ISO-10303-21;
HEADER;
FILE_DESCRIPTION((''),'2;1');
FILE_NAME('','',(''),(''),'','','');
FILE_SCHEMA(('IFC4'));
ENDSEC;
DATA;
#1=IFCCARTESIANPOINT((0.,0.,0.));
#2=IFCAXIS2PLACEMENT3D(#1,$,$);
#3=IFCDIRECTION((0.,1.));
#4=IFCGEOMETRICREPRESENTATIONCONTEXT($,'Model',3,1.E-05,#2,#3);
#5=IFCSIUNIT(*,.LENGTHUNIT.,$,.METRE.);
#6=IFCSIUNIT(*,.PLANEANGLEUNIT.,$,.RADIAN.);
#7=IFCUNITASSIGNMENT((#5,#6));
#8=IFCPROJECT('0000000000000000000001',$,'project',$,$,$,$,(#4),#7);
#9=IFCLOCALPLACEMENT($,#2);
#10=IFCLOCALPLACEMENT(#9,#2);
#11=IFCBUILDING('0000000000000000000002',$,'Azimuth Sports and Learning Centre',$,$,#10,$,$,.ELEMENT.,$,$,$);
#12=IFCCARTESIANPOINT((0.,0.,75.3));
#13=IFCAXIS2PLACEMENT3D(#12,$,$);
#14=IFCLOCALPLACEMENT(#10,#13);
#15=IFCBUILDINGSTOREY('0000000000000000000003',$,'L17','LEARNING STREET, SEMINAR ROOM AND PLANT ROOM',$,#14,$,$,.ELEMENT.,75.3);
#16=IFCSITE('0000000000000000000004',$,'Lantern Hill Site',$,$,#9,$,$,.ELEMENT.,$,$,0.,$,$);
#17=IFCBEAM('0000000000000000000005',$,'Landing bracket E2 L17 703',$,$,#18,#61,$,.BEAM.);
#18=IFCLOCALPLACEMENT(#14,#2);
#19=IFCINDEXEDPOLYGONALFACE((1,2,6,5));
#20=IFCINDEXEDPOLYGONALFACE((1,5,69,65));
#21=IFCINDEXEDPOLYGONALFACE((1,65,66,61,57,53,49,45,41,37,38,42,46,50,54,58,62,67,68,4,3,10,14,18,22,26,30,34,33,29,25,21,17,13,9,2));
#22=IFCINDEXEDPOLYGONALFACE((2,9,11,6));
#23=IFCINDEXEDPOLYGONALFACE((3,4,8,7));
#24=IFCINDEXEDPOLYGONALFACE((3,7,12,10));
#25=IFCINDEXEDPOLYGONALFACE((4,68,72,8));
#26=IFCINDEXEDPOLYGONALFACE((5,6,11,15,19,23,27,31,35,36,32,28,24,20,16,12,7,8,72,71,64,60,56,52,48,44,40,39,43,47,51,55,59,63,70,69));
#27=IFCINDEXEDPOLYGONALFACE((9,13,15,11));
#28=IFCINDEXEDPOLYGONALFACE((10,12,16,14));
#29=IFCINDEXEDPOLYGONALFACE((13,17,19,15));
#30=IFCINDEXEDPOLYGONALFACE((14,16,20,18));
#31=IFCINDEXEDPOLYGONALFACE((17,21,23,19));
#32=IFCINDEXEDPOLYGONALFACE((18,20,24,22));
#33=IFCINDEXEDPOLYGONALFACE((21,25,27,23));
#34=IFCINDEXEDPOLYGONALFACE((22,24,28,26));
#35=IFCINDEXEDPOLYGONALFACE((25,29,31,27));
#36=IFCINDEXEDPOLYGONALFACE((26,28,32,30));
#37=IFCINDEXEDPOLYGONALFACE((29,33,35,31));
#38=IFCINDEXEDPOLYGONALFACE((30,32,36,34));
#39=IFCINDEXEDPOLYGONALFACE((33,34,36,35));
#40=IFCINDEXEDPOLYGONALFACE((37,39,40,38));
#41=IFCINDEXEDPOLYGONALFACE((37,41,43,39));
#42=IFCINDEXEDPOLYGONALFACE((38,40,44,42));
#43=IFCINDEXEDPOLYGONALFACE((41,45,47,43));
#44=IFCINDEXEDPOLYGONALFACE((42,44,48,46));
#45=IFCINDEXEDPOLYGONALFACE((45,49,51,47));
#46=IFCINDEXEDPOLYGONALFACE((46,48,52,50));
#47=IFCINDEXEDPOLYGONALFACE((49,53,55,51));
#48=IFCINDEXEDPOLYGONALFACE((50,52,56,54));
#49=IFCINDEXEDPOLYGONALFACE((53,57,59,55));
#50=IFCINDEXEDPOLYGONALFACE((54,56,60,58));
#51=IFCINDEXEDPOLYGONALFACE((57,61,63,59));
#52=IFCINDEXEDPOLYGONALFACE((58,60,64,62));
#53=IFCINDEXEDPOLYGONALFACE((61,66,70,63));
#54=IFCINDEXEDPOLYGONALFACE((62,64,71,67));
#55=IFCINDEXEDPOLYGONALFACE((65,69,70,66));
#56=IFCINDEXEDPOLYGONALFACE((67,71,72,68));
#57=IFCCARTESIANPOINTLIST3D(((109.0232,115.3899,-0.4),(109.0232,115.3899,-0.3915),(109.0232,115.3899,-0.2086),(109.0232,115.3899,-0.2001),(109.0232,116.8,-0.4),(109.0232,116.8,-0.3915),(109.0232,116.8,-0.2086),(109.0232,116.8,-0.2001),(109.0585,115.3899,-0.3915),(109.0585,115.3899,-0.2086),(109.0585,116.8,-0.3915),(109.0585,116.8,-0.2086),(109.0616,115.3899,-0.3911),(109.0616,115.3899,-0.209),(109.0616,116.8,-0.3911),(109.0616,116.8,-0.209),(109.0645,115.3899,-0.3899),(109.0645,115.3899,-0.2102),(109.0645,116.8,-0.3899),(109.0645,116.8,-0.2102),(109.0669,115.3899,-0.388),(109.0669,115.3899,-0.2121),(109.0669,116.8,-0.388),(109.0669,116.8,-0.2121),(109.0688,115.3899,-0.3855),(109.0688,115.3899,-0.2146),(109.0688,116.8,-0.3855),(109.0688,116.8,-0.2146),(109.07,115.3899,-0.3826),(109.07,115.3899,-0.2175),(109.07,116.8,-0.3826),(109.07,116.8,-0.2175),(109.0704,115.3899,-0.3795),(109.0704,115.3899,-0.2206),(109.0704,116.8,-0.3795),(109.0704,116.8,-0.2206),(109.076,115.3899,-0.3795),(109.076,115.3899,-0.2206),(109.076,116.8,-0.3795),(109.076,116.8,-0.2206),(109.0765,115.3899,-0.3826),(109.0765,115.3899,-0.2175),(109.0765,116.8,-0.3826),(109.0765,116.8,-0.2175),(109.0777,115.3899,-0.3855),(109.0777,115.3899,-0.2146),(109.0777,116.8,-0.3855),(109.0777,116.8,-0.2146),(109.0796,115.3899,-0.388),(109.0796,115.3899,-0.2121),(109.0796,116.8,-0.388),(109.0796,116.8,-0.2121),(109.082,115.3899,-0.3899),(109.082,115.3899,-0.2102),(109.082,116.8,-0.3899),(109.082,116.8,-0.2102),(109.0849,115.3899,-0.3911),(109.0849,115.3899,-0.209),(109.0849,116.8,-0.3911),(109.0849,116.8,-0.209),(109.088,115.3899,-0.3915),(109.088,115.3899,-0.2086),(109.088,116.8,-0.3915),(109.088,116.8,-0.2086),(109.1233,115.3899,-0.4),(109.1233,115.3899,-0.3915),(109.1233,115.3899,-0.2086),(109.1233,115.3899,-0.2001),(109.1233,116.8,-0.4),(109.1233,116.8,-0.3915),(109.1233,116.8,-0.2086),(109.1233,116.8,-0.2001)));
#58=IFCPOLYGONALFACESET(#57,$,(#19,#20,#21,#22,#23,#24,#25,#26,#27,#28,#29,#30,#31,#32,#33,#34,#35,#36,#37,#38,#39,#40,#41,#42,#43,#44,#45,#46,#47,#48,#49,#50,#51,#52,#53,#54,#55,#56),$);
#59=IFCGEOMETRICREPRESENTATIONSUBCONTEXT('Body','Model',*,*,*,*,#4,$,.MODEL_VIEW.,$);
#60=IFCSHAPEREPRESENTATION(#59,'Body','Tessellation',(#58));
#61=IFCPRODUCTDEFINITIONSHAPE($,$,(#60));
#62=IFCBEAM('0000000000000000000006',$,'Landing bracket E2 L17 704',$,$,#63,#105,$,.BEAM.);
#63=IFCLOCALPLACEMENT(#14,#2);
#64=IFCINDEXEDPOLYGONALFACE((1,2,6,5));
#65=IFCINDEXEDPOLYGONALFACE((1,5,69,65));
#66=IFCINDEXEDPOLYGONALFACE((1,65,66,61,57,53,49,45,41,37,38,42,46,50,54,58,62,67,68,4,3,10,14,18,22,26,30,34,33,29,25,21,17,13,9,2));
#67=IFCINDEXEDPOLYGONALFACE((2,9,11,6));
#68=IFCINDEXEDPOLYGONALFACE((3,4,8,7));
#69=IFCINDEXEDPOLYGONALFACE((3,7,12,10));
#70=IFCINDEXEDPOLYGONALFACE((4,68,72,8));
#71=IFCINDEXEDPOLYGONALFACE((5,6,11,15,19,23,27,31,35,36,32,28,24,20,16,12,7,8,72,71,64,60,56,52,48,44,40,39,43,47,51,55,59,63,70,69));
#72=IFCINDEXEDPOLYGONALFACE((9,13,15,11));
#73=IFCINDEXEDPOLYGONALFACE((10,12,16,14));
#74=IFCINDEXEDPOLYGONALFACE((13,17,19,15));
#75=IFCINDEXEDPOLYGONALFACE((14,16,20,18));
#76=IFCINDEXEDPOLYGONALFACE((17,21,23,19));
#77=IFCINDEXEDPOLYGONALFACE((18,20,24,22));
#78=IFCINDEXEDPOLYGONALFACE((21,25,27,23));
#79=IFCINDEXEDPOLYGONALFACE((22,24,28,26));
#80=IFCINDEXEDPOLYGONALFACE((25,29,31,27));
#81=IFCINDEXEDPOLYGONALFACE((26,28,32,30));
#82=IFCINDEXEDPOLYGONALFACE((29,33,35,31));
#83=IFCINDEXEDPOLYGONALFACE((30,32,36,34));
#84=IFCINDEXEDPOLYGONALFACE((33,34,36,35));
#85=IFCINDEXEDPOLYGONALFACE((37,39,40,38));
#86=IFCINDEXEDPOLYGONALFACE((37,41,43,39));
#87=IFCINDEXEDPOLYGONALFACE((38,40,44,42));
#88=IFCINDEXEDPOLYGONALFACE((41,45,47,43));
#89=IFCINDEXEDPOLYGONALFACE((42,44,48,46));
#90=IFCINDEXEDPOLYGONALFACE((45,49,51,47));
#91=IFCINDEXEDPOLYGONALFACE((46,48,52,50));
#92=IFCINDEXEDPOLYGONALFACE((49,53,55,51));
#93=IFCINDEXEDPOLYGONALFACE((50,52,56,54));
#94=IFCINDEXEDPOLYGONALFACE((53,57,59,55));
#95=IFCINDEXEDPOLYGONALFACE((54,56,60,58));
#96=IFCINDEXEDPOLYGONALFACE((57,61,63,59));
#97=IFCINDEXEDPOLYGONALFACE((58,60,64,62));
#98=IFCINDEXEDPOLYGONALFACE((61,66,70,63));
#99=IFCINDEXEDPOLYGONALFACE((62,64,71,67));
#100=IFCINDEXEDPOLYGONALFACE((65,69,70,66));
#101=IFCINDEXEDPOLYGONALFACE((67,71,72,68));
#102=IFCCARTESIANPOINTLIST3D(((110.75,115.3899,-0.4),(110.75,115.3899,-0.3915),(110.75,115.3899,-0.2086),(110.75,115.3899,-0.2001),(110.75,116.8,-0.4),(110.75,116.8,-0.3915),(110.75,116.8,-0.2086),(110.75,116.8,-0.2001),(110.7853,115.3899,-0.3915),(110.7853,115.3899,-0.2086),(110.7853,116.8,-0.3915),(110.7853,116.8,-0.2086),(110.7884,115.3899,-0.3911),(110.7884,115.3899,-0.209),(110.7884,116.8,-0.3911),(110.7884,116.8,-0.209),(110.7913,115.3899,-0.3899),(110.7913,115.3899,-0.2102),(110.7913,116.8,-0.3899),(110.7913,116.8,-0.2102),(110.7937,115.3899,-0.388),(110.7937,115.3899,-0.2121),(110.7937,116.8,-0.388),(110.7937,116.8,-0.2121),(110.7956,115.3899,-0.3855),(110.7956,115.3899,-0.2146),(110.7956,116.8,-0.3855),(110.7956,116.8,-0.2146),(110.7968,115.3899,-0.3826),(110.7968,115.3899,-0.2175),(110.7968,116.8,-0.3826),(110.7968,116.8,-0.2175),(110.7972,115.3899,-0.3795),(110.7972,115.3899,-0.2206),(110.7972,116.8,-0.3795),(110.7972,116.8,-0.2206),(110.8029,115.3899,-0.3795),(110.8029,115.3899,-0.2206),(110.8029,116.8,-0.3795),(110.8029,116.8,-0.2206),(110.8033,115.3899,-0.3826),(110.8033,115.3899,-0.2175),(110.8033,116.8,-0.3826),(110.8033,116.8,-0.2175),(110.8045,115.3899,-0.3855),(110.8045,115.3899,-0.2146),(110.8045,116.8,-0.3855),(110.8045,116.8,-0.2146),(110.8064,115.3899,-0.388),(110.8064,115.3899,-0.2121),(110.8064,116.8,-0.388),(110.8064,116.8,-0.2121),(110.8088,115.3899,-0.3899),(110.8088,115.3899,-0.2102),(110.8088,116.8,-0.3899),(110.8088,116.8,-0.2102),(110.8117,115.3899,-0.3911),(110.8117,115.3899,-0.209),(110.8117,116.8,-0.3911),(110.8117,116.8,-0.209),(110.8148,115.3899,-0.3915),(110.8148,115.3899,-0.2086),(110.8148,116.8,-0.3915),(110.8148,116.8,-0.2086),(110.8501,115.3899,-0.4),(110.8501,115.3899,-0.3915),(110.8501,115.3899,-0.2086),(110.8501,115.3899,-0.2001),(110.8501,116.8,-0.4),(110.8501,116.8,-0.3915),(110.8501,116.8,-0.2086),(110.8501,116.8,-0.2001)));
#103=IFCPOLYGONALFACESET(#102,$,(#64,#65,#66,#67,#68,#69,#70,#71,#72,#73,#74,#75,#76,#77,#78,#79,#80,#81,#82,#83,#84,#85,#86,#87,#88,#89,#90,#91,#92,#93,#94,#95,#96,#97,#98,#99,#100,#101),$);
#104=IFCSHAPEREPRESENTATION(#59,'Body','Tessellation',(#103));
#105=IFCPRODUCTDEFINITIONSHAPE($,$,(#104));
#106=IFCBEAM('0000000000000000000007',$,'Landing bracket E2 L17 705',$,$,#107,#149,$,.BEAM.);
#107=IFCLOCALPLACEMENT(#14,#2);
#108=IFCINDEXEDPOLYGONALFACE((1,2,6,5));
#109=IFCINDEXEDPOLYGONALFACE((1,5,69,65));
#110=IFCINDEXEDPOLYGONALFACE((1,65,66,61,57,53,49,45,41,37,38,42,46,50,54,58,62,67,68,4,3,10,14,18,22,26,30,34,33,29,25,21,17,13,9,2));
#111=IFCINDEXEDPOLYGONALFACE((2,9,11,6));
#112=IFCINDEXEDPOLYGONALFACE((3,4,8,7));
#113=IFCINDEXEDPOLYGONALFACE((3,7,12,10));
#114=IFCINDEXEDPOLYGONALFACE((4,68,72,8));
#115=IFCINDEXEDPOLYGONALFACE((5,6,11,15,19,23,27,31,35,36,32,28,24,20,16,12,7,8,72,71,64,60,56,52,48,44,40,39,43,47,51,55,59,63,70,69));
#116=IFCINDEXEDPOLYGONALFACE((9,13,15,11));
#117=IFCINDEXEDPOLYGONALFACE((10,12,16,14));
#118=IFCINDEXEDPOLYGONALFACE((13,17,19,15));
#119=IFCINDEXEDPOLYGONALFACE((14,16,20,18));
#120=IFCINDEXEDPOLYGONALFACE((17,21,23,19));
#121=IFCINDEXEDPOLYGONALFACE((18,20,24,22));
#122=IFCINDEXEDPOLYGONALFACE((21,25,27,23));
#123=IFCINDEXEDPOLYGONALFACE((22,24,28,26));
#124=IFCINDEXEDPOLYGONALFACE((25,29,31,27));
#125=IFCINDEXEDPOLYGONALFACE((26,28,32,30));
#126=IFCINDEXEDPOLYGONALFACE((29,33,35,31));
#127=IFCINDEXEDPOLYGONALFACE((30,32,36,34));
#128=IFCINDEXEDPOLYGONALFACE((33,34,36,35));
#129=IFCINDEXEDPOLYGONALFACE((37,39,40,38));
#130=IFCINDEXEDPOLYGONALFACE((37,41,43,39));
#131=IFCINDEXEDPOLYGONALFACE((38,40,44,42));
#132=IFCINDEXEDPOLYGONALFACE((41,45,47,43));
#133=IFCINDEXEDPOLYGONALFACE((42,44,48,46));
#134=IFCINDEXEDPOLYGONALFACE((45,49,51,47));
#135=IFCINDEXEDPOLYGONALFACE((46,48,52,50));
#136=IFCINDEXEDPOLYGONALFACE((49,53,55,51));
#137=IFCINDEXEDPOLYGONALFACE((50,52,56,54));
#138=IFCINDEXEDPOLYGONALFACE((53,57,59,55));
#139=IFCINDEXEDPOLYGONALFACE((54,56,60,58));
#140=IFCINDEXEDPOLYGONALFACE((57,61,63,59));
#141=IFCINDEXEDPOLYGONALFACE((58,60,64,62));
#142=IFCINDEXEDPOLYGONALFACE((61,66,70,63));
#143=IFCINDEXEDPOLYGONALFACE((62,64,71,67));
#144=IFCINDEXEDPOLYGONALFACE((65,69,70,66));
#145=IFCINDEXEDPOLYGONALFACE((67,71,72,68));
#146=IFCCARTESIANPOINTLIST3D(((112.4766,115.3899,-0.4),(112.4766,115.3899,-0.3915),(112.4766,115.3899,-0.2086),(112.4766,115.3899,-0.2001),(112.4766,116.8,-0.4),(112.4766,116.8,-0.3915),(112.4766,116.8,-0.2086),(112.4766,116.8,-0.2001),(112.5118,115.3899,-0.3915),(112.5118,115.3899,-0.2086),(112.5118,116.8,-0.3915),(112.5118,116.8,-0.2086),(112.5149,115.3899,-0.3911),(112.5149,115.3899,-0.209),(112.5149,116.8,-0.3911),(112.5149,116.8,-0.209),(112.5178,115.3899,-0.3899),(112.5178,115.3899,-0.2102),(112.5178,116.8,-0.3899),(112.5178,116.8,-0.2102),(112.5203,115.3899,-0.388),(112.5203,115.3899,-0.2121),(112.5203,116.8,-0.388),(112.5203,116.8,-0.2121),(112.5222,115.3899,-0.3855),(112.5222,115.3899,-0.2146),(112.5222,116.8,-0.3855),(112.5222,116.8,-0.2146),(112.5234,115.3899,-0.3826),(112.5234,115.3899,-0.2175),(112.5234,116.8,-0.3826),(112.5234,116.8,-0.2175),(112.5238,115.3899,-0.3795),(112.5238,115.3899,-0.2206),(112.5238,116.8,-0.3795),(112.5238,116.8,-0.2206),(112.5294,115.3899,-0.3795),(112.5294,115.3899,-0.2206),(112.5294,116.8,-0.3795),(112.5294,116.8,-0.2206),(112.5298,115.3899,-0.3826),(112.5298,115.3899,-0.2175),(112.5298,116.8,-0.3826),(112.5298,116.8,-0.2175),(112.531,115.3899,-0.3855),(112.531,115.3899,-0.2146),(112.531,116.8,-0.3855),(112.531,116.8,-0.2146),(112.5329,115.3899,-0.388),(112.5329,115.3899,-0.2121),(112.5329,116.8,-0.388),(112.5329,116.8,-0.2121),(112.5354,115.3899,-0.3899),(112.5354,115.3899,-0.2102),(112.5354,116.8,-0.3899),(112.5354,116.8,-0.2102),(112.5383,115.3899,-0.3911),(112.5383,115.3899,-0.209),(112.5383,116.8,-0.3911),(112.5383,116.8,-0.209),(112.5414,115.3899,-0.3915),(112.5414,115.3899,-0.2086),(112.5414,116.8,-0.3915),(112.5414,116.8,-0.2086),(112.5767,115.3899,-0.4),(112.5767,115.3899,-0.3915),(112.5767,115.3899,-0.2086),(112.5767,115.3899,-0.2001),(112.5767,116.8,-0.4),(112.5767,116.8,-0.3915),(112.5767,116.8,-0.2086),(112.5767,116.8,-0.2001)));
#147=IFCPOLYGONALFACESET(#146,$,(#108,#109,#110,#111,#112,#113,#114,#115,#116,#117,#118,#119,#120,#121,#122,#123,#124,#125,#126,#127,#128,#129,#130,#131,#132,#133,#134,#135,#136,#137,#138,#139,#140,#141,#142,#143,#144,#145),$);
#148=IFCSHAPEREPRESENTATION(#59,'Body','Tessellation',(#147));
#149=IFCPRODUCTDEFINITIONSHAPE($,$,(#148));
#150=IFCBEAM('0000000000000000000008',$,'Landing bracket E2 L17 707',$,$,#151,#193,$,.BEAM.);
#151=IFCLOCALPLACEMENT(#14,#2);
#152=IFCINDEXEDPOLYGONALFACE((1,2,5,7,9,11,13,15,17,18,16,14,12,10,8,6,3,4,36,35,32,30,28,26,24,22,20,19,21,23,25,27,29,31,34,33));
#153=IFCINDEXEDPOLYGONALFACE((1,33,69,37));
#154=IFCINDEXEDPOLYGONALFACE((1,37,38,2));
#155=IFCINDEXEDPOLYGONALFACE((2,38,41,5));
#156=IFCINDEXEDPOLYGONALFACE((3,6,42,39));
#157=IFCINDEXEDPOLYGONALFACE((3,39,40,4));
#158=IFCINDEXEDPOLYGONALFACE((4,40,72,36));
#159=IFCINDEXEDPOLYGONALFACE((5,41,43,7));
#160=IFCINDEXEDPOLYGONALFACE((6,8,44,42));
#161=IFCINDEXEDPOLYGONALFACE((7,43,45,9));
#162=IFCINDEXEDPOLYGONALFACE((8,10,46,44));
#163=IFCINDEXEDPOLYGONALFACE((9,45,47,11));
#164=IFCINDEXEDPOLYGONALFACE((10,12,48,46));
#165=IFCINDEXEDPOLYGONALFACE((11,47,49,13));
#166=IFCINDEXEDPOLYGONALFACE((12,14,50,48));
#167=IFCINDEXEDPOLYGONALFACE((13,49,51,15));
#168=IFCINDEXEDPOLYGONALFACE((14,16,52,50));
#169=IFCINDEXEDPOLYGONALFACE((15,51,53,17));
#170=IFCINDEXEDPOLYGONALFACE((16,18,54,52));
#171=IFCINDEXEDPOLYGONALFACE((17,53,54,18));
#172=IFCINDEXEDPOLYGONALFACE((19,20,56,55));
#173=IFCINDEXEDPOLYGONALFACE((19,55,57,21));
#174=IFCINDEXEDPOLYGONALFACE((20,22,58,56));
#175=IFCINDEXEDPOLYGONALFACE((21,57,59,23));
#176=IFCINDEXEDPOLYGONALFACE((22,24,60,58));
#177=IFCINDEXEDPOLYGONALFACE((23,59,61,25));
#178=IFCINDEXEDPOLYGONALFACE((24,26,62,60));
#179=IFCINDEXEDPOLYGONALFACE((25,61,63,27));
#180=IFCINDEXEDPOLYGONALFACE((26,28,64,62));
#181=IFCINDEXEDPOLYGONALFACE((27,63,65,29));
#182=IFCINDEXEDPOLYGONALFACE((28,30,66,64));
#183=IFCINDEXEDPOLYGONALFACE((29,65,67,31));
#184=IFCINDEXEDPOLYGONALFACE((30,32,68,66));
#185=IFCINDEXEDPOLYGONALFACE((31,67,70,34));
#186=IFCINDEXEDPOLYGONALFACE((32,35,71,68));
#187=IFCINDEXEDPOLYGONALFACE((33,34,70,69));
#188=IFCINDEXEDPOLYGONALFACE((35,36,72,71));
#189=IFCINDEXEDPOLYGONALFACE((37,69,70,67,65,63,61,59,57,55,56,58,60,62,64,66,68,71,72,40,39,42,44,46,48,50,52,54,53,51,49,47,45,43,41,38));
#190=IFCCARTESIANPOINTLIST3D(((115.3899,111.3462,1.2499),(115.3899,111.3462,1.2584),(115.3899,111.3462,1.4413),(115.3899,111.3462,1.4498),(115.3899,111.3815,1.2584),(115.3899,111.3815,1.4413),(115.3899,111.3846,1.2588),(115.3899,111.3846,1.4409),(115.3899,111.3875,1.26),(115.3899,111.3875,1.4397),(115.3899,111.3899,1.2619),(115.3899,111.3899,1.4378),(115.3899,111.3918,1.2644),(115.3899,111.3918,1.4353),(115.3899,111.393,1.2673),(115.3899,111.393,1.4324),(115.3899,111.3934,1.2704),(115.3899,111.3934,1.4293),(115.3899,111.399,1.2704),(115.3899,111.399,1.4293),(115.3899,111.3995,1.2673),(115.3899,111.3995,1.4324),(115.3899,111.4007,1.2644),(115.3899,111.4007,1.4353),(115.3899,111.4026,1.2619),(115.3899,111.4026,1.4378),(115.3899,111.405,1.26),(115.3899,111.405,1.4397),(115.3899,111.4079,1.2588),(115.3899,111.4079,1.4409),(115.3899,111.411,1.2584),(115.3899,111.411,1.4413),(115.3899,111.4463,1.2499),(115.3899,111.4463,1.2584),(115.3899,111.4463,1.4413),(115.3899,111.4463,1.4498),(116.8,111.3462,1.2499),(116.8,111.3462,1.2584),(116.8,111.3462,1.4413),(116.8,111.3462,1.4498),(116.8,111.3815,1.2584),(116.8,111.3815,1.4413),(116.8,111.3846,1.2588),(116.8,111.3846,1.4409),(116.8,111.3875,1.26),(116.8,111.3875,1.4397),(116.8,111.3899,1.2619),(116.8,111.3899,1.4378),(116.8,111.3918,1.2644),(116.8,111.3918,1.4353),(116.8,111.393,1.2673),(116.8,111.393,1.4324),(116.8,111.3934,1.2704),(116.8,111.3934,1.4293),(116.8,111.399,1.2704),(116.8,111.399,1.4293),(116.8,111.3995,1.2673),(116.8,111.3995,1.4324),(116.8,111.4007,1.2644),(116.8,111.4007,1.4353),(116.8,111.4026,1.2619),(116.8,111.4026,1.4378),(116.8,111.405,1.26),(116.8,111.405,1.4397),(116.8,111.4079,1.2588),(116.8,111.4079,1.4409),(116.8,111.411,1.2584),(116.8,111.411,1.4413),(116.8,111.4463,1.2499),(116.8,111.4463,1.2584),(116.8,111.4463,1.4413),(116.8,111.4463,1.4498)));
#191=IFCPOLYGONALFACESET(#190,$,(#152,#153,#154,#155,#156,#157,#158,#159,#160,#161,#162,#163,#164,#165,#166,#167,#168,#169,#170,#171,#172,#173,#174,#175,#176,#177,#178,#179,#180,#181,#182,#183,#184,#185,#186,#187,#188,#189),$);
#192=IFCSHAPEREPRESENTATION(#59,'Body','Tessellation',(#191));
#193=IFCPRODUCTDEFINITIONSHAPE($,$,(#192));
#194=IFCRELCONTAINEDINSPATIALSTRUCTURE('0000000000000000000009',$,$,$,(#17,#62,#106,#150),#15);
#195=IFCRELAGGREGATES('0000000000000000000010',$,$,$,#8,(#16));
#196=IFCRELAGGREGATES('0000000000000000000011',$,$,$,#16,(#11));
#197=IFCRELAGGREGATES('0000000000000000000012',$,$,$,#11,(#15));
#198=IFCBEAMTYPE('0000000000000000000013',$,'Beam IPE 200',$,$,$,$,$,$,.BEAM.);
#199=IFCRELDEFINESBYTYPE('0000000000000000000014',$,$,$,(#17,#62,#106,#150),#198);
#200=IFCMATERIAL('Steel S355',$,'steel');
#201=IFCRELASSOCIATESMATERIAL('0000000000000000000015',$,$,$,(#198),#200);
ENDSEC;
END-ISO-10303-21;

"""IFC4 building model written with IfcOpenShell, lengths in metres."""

from ifc_helpers import new_model, si_unit, direction, frame, origin, origin_2d, place, context, subcontext, project, spatial, i_section, extrude, material, material_profile, profile_set, type_object, element, save


model = new_model("IFC4")

# Units and contexts
model_context = context("Model", 3, precision=1e-05, world=origin(), true_north=direction((0.0, 1.0)))
body_context = subcontext(model_context, "Body", "Model", "MODEL_VIEW")
ifc_project = project(units=[si_unit("LENGTHUNIT", "METRE"), si_unit("PLANEANGLEUNIT", "RADIAN")], contexts=[model_context])

# Site, building, storey
site_placement = place(None, origin())
site = spatial("IfcSite", under=ifc_project, at=site_placement, Name="Lantern Hill Site", CompositionType="ELEMENT", RefElevation=0.0)
building_placement = place(site_placement, origin())
building = spatial("IfcBuilding", under=site, at=building_placement, Name="Azimuth Sports and Learning Centre", CompositionType="ELEMENT")
storey_placement = place(building_placement, frame((0.0, 0.0, 75.3)))
storey = spatial("IfcBuildingStorey", under=building, at=storey_placement, Name="L17", Description="LEARNING STREET, SEMINAR ROOM AND PLANT ROOM", CompositionType="ELEMENT", Elevation=75.3)

# Beams
ifc_material_1 = material(Name="Steel S355", Category="steel")
ifc_material_profile_1 = material_profile(ifc_material_1, i_section(OverallWidth=0.1001, OverallDepth=0.2, WebThickness=0.0056, FlangeThickness=0.0085, FilletRadius=0.012, at=origin_2d()), Name="IPE 200")
ifc_profile_set_1 = profile_set([ifc_material_profile_1], Name="Steel S355")
beam_type_1 = type_object("IfcBeamType", Name="Beam IPE 200", PredefinedType="BEAM", material=ifc_profile_set_1)
for number, where, z_axis, x_axis, name in (
    (1, (109.0732, 116.8, -0.3), (0.0, -1.0, 0.0), (1.0, 0.0, 0.0), "Landing bracket E2 L17 703"),
    (2, (110.8, 116.8, -0.3), (0.0, -1.0, 0.0), (1.0, 0.0, 0.0), "Landing bracket E2 L17 704"),
    (3, (112.5266, 116.8, -0.3), (0.0, -1.0, 0.0), (1.0, 0.0, 0.0), "Landing bracket E2 L17 705"),
    (4, (116.8, 111.3962, 1.3499), (-1.0, 0.0, 0.0), (0.0, -1.0, 0.0), "Landing bracket E2 L17 707"),
):
    element("IfcBeam", number, at=place(storey_placement, frame(where, z_axis=z_axis, x_axis=x_axis)), inside=storey, type_object=beam_type_1, Name=name, PredefinedType="BEAM", context=body_context, shape_type="SweptSolid", body=[
        extrude(i_section(OverallWidth=0.1001, OverallDepth=0.2, WebThickness=0.0056, FlangeThickness=0.0085, FilletRadius=0.012, at=origin_2d()), origin(), (0.0, 0.0, 1.0), 1.4102),
    ])

save(model, "model.ifc")
